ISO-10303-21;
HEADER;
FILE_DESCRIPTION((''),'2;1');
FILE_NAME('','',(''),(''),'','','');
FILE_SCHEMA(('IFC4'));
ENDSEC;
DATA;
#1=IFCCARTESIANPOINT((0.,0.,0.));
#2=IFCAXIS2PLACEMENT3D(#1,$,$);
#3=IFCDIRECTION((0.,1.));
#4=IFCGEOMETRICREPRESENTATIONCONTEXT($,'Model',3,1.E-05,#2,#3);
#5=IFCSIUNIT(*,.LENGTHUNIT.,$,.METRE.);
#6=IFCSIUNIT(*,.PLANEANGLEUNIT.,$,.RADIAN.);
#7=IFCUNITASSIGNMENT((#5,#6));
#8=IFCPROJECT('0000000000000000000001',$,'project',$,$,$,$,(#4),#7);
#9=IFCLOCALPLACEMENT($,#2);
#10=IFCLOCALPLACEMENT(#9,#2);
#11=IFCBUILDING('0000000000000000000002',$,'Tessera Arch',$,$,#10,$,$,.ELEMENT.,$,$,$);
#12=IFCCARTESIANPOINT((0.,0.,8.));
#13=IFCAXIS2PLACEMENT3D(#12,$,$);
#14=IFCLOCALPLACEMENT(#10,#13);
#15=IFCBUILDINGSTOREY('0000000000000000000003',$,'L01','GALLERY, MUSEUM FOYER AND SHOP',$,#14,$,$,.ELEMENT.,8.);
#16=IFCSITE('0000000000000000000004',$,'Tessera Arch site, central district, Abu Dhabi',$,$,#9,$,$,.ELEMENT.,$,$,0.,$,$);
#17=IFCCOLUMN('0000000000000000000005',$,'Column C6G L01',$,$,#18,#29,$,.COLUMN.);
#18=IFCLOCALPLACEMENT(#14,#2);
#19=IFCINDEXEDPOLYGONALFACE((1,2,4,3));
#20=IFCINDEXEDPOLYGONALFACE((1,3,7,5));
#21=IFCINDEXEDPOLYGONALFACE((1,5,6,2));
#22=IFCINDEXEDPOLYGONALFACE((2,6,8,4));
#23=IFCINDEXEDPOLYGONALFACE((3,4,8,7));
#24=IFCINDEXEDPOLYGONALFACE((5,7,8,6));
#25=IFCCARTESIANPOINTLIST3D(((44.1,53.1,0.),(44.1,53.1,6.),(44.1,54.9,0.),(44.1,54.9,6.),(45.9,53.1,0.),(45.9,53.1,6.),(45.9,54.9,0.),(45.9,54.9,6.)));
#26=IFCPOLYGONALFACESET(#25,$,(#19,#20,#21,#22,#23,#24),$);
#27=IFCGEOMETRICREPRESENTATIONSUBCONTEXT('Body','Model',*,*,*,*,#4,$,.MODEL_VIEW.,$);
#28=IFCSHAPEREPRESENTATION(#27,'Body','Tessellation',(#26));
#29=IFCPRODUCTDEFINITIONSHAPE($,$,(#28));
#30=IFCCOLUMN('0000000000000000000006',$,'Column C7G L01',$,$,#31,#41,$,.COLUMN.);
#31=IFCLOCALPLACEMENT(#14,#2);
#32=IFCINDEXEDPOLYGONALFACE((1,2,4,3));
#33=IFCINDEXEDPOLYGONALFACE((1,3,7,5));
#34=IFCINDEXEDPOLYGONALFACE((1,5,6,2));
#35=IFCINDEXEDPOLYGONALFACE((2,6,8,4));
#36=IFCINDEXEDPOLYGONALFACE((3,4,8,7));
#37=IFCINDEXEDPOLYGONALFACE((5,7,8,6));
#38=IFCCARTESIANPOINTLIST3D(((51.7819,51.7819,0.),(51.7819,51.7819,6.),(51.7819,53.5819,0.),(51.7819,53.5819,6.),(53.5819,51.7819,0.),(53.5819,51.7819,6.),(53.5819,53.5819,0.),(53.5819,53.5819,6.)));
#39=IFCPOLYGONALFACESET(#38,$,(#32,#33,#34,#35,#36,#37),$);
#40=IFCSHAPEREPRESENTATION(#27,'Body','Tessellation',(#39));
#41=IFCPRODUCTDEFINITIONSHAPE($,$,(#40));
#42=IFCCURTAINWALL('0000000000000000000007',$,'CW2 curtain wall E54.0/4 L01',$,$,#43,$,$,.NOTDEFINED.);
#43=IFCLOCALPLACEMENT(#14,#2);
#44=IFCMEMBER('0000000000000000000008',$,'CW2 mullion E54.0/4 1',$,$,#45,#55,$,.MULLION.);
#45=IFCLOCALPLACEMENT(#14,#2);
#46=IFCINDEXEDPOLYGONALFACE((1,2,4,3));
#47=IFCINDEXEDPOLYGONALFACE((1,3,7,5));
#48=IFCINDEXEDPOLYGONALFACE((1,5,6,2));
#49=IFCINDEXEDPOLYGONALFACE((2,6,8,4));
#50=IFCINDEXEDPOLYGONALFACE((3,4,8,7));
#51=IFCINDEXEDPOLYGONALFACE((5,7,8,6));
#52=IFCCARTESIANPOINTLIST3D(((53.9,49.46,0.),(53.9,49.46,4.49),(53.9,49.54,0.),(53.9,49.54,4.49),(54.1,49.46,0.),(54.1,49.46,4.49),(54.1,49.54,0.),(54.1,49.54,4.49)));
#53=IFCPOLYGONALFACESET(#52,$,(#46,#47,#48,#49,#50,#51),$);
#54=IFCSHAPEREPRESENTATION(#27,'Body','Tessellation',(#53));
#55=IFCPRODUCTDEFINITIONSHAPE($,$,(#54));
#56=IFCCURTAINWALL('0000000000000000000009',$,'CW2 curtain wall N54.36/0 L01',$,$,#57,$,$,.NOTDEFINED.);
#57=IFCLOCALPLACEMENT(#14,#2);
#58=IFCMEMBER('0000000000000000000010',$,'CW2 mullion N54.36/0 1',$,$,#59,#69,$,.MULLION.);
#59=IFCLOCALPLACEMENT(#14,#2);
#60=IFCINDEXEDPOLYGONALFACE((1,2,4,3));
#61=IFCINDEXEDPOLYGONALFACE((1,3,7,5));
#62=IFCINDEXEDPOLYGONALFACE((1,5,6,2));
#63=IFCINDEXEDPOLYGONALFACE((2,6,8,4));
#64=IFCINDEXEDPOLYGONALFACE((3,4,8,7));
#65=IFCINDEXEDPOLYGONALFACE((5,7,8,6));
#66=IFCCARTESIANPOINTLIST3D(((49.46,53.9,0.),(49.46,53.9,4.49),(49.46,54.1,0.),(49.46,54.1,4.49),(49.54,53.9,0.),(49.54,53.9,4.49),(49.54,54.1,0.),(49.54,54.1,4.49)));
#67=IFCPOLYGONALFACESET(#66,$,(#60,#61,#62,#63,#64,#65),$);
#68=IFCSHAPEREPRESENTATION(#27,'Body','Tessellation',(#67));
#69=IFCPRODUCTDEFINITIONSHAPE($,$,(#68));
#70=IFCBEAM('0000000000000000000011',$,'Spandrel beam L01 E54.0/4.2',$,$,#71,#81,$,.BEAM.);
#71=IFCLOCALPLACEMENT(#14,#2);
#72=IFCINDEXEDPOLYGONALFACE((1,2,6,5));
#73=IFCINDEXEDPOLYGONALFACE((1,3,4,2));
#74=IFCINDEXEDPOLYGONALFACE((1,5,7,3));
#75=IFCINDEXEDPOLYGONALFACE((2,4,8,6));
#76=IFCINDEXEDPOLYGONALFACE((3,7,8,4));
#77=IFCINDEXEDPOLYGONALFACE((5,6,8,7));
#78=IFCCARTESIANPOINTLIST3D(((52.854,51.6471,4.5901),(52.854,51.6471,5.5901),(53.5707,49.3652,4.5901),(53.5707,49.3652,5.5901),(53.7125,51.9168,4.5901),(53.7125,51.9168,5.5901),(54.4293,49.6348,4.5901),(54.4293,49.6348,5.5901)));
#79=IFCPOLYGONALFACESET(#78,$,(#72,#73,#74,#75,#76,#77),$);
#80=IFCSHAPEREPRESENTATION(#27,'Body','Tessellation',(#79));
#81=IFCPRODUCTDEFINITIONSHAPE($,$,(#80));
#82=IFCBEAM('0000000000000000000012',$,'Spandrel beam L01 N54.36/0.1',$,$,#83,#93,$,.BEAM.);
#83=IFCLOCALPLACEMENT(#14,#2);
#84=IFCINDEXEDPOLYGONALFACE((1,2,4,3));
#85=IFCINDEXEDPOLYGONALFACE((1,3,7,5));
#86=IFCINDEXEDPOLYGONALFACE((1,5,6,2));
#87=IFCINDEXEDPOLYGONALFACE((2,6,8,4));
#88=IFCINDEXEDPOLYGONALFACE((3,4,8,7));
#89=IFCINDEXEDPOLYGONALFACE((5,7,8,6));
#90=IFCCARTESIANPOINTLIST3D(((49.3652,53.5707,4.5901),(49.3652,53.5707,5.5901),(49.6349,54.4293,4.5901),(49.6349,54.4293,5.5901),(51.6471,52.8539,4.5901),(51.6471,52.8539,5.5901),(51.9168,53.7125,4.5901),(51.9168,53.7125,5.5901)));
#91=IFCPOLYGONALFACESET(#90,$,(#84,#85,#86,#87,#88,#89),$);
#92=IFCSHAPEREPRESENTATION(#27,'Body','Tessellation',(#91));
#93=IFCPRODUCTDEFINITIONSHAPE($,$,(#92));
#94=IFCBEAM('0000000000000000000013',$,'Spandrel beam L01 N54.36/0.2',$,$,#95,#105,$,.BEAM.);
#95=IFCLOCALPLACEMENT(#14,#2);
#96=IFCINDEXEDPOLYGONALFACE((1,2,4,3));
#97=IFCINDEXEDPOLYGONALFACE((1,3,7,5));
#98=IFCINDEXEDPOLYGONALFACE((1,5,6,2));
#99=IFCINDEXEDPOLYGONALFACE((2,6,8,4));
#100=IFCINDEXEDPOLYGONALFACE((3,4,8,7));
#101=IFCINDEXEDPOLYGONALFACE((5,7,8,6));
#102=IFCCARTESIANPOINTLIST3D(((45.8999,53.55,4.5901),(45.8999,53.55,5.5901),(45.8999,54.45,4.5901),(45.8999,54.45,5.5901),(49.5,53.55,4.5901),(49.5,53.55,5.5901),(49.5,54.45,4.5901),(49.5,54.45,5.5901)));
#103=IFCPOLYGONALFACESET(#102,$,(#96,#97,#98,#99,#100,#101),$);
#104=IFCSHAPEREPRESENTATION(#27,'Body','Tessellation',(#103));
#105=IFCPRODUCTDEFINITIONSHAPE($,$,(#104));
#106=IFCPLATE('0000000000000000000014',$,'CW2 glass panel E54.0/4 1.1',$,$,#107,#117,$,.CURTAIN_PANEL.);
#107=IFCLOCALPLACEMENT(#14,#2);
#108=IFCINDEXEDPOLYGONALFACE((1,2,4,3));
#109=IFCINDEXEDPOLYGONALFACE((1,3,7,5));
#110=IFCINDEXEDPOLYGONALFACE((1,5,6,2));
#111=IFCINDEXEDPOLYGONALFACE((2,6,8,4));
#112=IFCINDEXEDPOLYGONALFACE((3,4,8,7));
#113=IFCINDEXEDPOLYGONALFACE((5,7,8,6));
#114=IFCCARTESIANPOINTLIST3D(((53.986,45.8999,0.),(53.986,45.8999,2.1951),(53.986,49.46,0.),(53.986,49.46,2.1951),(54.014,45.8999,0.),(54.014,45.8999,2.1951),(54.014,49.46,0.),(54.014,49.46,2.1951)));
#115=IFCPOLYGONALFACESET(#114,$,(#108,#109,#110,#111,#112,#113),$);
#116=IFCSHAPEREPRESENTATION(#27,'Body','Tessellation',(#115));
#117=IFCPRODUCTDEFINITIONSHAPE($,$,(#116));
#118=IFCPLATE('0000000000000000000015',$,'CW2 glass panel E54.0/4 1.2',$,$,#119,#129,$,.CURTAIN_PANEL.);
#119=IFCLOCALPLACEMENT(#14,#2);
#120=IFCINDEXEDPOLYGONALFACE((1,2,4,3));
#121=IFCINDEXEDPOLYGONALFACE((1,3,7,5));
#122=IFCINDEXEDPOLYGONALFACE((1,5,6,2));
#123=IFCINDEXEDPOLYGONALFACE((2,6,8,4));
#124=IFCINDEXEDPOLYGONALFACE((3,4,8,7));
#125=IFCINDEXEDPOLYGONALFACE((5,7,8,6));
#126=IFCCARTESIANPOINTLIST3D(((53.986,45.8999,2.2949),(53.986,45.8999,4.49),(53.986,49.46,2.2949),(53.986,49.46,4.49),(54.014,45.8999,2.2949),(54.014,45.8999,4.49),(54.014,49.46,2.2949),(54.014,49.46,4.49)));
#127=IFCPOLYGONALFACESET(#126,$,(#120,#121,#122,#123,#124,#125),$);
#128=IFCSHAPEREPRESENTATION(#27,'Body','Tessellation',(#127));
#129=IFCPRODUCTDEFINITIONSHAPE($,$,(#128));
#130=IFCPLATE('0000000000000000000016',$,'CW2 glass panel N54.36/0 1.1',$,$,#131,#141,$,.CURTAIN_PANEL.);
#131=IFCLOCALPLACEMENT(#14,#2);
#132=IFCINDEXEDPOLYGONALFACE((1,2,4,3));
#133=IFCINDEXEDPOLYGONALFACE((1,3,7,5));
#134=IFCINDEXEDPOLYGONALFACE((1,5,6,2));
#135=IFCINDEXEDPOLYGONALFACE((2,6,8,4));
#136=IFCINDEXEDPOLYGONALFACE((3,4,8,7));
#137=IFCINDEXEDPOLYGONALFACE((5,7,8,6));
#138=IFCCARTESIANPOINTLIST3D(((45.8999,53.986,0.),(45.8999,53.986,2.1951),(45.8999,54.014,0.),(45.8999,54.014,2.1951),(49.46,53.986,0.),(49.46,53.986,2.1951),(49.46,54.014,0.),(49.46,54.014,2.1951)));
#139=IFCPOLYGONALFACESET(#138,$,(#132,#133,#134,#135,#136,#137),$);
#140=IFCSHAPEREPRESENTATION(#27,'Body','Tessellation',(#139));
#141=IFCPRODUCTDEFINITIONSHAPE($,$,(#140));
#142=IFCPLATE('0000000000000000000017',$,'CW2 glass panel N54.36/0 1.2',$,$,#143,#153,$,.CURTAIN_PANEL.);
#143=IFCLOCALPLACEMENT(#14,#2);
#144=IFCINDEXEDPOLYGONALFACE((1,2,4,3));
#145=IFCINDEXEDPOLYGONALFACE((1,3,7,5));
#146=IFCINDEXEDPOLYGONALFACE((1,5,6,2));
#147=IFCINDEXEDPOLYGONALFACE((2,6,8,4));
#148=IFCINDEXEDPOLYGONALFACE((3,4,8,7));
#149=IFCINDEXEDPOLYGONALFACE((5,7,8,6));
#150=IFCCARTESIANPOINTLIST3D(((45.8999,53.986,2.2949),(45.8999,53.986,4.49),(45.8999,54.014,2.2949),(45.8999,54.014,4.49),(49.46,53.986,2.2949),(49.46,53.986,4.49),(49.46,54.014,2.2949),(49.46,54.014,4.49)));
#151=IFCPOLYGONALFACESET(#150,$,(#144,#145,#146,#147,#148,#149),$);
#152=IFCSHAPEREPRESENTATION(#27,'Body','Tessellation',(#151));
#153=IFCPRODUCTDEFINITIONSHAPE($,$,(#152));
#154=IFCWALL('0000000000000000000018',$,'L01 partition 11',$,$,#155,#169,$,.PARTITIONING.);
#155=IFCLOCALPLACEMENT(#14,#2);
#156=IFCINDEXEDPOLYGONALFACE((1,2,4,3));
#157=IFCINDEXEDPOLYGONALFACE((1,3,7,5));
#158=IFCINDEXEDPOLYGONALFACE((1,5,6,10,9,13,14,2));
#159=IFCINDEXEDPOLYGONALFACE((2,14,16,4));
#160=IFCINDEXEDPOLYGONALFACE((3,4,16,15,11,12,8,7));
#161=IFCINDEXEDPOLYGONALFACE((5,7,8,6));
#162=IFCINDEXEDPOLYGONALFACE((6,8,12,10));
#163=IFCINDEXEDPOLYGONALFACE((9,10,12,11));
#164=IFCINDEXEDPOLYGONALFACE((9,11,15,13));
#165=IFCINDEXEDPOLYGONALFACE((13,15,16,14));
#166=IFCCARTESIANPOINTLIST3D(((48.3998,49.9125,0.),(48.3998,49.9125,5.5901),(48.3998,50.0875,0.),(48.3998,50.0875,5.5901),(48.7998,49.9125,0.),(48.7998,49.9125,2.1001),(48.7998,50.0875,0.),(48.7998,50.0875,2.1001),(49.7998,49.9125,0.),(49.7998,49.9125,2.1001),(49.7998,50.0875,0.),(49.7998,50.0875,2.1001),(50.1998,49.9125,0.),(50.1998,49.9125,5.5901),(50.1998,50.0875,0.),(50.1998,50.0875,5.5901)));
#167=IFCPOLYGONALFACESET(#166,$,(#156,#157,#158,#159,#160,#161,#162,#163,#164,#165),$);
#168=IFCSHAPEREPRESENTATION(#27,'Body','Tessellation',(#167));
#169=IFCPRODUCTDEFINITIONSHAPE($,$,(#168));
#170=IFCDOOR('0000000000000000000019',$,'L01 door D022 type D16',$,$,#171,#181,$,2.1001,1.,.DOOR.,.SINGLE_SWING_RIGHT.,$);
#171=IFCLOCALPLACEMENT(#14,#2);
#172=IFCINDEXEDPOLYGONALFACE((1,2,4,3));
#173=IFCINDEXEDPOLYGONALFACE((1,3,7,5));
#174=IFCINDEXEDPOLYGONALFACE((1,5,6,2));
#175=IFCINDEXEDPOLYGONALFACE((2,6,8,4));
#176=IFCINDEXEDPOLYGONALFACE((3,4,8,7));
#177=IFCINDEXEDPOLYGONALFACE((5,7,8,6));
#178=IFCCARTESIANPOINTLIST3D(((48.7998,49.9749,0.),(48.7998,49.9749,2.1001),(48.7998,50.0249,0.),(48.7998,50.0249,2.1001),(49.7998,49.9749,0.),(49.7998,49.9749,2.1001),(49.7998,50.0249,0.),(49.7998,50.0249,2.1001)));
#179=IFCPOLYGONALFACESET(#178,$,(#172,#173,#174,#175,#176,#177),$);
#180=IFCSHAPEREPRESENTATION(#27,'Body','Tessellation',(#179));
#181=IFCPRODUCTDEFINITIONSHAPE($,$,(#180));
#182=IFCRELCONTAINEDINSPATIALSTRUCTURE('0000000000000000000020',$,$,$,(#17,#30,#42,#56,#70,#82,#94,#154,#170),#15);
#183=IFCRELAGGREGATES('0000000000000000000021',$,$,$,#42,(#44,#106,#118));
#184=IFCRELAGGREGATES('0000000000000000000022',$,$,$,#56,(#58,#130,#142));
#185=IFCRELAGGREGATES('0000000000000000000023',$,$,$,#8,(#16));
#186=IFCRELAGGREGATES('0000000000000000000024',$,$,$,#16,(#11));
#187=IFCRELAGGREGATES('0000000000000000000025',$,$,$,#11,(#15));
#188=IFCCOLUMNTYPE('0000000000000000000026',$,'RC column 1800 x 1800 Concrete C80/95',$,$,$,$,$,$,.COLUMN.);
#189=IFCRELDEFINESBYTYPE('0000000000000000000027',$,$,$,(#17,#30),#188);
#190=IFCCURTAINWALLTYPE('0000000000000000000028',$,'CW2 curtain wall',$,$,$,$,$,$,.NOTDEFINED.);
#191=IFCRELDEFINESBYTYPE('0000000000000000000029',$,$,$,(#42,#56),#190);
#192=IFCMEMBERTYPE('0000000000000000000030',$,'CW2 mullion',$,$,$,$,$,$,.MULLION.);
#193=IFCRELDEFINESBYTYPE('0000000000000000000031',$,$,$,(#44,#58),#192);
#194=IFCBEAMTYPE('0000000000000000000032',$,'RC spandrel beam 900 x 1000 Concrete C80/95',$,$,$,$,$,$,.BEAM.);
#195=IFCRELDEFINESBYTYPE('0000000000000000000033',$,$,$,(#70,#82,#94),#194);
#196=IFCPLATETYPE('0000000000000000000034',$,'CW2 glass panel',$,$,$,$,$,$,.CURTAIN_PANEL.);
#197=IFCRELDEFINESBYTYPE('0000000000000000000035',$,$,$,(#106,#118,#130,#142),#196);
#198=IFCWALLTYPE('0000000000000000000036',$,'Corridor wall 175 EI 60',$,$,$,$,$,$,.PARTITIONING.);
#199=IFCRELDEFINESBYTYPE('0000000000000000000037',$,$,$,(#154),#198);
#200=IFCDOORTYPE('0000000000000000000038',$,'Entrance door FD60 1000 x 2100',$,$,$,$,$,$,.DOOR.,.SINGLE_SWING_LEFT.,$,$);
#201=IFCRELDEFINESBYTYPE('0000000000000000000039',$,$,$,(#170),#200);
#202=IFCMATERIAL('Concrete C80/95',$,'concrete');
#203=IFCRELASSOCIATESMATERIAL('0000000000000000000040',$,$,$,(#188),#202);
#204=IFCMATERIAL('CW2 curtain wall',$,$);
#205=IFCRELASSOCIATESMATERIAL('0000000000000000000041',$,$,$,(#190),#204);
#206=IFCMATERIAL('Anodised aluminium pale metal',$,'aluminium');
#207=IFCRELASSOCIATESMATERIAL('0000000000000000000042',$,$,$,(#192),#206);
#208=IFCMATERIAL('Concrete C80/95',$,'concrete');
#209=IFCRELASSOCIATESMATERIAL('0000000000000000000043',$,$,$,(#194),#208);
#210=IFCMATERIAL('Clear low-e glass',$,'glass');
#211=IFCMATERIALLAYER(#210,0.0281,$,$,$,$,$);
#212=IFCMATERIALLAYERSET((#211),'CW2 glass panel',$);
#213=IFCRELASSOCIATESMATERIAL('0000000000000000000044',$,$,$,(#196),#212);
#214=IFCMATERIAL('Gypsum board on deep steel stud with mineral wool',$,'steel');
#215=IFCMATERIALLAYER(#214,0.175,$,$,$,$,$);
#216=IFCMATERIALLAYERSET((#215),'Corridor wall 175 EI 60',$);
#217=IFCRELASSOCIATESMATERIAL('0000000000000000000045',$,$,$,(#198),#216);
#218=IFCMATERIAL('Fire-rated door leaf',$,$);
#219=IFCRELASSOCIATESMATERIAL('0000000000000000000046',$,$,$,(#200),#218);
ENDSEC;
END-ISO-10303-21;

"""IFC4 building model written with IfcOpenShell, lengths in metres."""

from ifc_helpers import new_model, si_unit, direction, frame, frame_2d, origin, origin_2d, place, context, subcontext, project, spatial, rectangle, extrude, material, layer, layer_set, material_profile, profile_set, type_object, element, fill, aggregate, save


model = new_model("IFC4")

# Units and contexts
model_context = context("Model", 3, precision=1e-05, world=origin(), true_north=direction((0.0, 1.0)))
body_context = subcontext(model_context, "Body", "Model", "MODEL_VIEW")
ifc_project = project(units=[si_unit("LENGTHUNIT", "METRE"), si_unit("PLANEANGLEUNIT", "RADIAN")], contexts=[model_context])

# Site, building, storey
site_placement = place(None, origin())
site = spatial("IfcSite", under=ifc_project, at=site_placement, Name="Tessera Arch site, central district, Abu Dhabi", CompositionType="ELEMENT", RefElevation=0.0)
building_placement = place(site_placement, origin())
building = spatial("IfcBuilding", under=site, at=building_placement, Name="Tessera Arch", CompositionType="ELEMENT")
storey_placement = place(building_placement, frame((0.0, 0.0, 8.0)))
storey = spatial("IfcBuildingStorey", under=building, at=storey_placement, Name="L01", Description="GALLERY, MUSEUM FOYER AND SHOP", CompositionType="ELEMENT", Elevation=8.0)

# Columns
ifc_material_1 = material(Name="Concrete C80/95", Category="concrete")
ifc_material_profile_1 = material_profile(ifc_material_1, rectangle(XDim=1.8, YDim=1.8, at=origin_2d()), Name="RC column 1800 x 1800 Concrete C80/95")
ifc_profile_set_1 = profile_set([ifc_material_profile_1], Name="Concrete C80/95")
column_type = type_object("IfcColumnType", Name="RC column 1800 x 1800 Concrete C80/95", PredefinedType="COLUMN", material=ifc_profile_set_1)
for number, where, z_axis, x_axis, name in (
    (1, (45.0, 54.0, 0.0), (0.0, 0.0, 1.0), (1.0, 0.0, 0.0), "Column C6G L01"),
    (2, (52.6819, 52.6819, 0.0), (0.0, 0.0, 1.0), (1.0, 0.0, 0.0), "Column C7G L01"),
):
    element("IfcColumn", number, at=place(storey_placement, frame(where, z_axis=z_axis, x_axis=x_axis)), inside=storey, type_object=column_type, Name=name, PredefinedType="COLUMN", context=body_context, shape_type="SweptSolid", body=[
        extrude(rectangle(XDim=1.8, YDim=1.8, at=origin_2d()), origin(), (0.0, 0.0, 1.0), 6.0),
    ])

# Curtain walls, members
ifc_material_2 = material(Name="CW2 curtain wall")
curtain_wall_type = type_object("IfcCurtainWallType", Name="CW2 curtain wall", PredefinedType="NOTDEFINED", material=ifc_material_2)
curtain_wall_1_placement = place(storey_placement, origin())
curtain_wall_1 = element("IfcCurtainWall", 3, at=curtain_wall_1_placement, inside=storey, type_object=curtain_wall_type, Name="CW2 curtain wall E54.0/4 L01", PredefinedType="NOTDEFINED")
ifc_material_3 = material(Name="Anodised aluminium pale metal", Category="aluminium")
ifc_material_profile_2 = material_profile(ifc_material_3, rectangle(XDim=0.2, YDim=0.0801, at=origin_2d()), Name="AL 80x200")
ifc_profile_set_2 = profile_set([ifc_material_profile_2], Name="Anodised aluminium pale metal")
member_type = type_object("IfcMemberType", Name="CW2 mullion", PredefinedType="MULLION", material=ifc_profile_set_2)
member_1_placement = place(storey_placement, frame((54.0, 49.5, 0.0), z_axis=(0.0, 0.0, 1.0), x_axis=(-1.0, 0.0, 0.0)))
member_1 = element("IfcMember", 4, at=member_1_placement, type_object=member_type, Name="CW2 mullion E54.0/4 1", PredefinedType="MULLION", context=body_context, shape_type="SweptSolid", body=[
    extrude(rectangle(XDim=0.2, YDim=0.0801, at=origin_2d()), origin(), (0.0, 0.0, 1.0), 4.49),
])
curtain_wall_2_placement = place(storey_placement, origin())
curtain_wall_2 = element("IfcCurtainWall", 5, at=curtain_wall_2_placement, inside=storey, type_object=curtain_wall_type, Name="CW2 curtain wall N54.36/0 L01", PredefinedType="NOTDEFINED")
member_2_placement = place(storey_placement, frame((49.5, 54.0, 0.0), z_axis=(0.0, 0.0, 1.0), x_axis=(0.0, -1.0, 0.0)))
member_2 = element("IfcMember", 6, at=member_2_placement, type_object=member_type, Name="CW2 mullion N54.36/0 1", PredefinedType="MULLION", context=body_context, shape_type="SweptSolid", body=[
    extrude(rectangle(XDim=0.2, YDim=0.0801, at=origin_2d()), origin(), (0.0, 0.0, 1.0), 4.49),
])

# Beams
ifc_material_4 = material(Name="Concrete C80/95", Category="concrete")
ifc_material_profile_3 = material_profile(ifc_material_4, rectangle(XDim=0.8999, YDim=1.0, at=origin_2d()), Name="RC spandrel beam 900 x 1000 Concrete C80/95")
ifc_profile_set_3 = profile_set([ifc_material_profile_3], Name="Concrete C80/95")
beam_type = type_object("IfcBeamType", Name="RC spandrel beam 900 x 1000 Concrete C80/95", PredefinedType="BEAM", material=ifc_profile_set_3)
for number, where, z_axis, x_axis, name in (
    (7, (54.0, 49.5, 5.0901), (-0.299675, 0.954041, 0.0), (-0.954041, -0.299675, 0.0), "Spandrel beam L01 E54.0/4.2"),
    (8, (51.782, 53.2832, 5.0901), (-0.954041, 0.299675, 0.0), (-0.299675, -0.954041, 0.0), "Spandrel beam L01 N54.36/0.1"),
):
    element("IfcBeam", number, at=place(storey_placement, frame(where, z_axis=z_axis, x_axis=x_axis)), inside=storey, type_object=beam_type, Name=name, PredefinedType="BEAM", context=body_context, shape_type="SweptSolid", body=[
        extrude(rectangle(XDim=0.8999, YDim=1.0, at=origin_2d()), origin(), (0.0, 0.0, 1.0), 2.3918),
    ])
beam_placement = place(storey_placement, frame((49.5, 54.0, 5.0901), z_axis=(-1.0, 0.0, 0.0), x_axis=(0.0, -1.0, 0.0)))
element("IfcBeam", 9, at=beam_placement, inside=storey, type_object=beam_type, Name="Spandrel beam L01 N54.36/0.2", PredefinedType="BEAM", context=body_context, shape_type="SweptSolid", body=[
    extrude(rectangle(XDim=0.8999, YDim=1.0, at=origin_2d()), origin(), (0.0, 0.0, 1.0), 3.6001),
])

# Plates
ifc_material_5 = material(Name="Clear low-e glass", Category="glass")
ifc_layer_1 = layer(ifc_material_5, 0.0281)
ifc_layer_set_1 = layer_set([ifc_layer_1], Name="CW2 glass panel")
plate_type = type_object("IfcPlateType", Name="CW2 glass panel", PredefinedType="CURTAIN_PANEL", material=ifc_layer_set_1)
plate_1_placement = place(storey_placement, frame((54.0, 47.6799, 0.0), z_axis=(0.0, 0.0, 1.0), x_axis=(0.0, 1.0, 0.0)))
plate_1 = element("IfcPlate", 10, at=plate_1_placement, type_object=plate_type, Name="CW2 glass panel E54.0/4 1.1", PredefinedType="CURTAIN_PANEL", context=body_context, shape_type="SweptSolid", body=[
    extrude(rectangle(XDim=3.5601, YDim=0.0281, at=origin_2d()), origin(), (0.0, 0.0, 1.0), 2.1951),
])
plate_2_placement = place(storey_placement, frame((54.0, 47.6799, 2.2949), z_axis=(0.0, 0.0, 1.0), x_axis=(0.0, 1.0, 0.0)))
plate_2 = element("IfcPlate", 11, at=plate_2_placement, type_object=plate_type, Name="CW2 glass panel E54.0/4 1.2", PredefinedType="CURTAIN_PANEL", context=body_context, shape_type="SweptSolid", body=[
    extrude(rectangle(XDim=3.5601, YDim=0.0281, at=origin_2d()), origin(), (0.0, 0.0, 1.0), 2.1951),
])
aggregate(curtain_wall_1, [member_1, plate_1, plate_2])
plate_3_placement = place(storey_placement, frame((47.6799, 54.0, 0.0), z_axis=(0.0, 0.0, 1.0), x_axis=(-1.0, 0.0, 0.0)))
plate_3 = element("IfcPlate", 12, at=plate_3_placement, type_object=plate_type, Name="CW2 glass panel N54.36/0 1.1", PredefinedType="CURTAIN_PANEL", context=body_context, shape_type="SweptSolid", body=[
    extrude(rectangle(XDim=3.5601, YDim=0.0281, at=origin_2d()), origin(), (0.0, 0.0, 1.0), 2.1951),
])
plate_4_placement = place(storey_placement, frame((47.6799, 54.0, 2.2949), z_axis=(0.0, 0.0, 1.0), x_axis=(-1.0, 0.0, 0.0)))
plate_4 = element("IfcPlate", 13, at=plate_4_placement, type_object=plate_type, Name="CW2 glass panel N54.36/0 1.2", PredefinedType="CURTAIN_PANEL", context=body_context, shape_type="SweptSolid", body=[
    extrude(rectangle(XDim=3.5601, YDim=0.0281, at=origin_2d()), origin(), (0.0, 0.0, 1.0), 2.1951),
])
aggregate(curtain_wall_2, [member_2, plate_3, plate_4])

# Wall, opening, door
ifc_material_6 = material(Name="Gypsum board on deep steel stud with mineral wool", Category="steel")
ifc_layer_2 = layer(ifc_material_6, 0.175)
ifc_layer_set_2 = layer_set([ifc_layer_2], Name="Corridor wall 175 EI 60")
wall_type_1 = type_object("IfcWallType", Name="Corridor wall 175 EI 60", PredefinedType="PARTITIONING", material=ifc_layer_set_2)
wall_1_placement = place(storey_placement, frame((48.3999, 50.0, 0.0), z_axis=(0.0, 0.0, 1.0), x_axis=(1.0, 0.0, 0.0)))
wall_1 = element("IfcWall", 14, at=wall_1_placement, inside=storey, type_object=wall_type_1, Name="L01 partition 11", PredefinedType="PARTITIONING", context=body_context, shape_type="SweptSolid", body=[
    extrude(rectangle(XDim=1.8, YDim=0.175, at=frame_2d((0.8999, 0.0))), origin(), (0.0, 0.0, 1.0), 5.5901),
])
opening_placement = place(wall_1_placement, frame((0.3999, 0.0, 0.0)))
opening = element("IfcOpeningElement", 15, at=opening_placement, cuts=wall_1, PredefinedType="OPENING", context=body_context, shape_type="SweptSolid", body=[
    extrude(rectangle(XDim=1.0, YDim=2.1001, at=frame_2d((0.5, 1.05))), frame((0.0, 0.0974, 0.0), z_axis=(0.0, -1.0, 0.0), x_axis=(1.0, 0.0, 0.0)), (0.0, 0.0, 1.0), 0.1951),
])
ifc_material_7 = material(Name="Fire-rated door leaf")
door_type = type_object("IfcDoorType", Name="Entrance door FD60 1000 x 2100", OperationType="SINGLE_SWING_LEFT", PredefinedType="DOOR", material=ifc_material_7)
door_placement = place(opening_placement, origin())
door = element("IfcDoor", 16, at=door_placement, inside=storey, type_object=door_type, Name="L01 door D022 type D16", OperationType="SINGLE_SWING_RIGHT", OverallHeight=2.1001, OverallWidth=1.0, PredefinedType="DOOR", context=body_context, shape_type="SweptSolid", body=[
    extrude(rectangle(XDim=1.0, YDim=2.1001, at=frame_2d((0.5, 1.05))), frame((0.0, 0.0249, 0.0), z_axis=(0.0, -1.0, 0.0), x_axis=(1.0, 0.0, 0.0)), (0.0, 0.0, 1.0), 0.05),
])
fill(opening, door)

save(model, "model.ifc")
